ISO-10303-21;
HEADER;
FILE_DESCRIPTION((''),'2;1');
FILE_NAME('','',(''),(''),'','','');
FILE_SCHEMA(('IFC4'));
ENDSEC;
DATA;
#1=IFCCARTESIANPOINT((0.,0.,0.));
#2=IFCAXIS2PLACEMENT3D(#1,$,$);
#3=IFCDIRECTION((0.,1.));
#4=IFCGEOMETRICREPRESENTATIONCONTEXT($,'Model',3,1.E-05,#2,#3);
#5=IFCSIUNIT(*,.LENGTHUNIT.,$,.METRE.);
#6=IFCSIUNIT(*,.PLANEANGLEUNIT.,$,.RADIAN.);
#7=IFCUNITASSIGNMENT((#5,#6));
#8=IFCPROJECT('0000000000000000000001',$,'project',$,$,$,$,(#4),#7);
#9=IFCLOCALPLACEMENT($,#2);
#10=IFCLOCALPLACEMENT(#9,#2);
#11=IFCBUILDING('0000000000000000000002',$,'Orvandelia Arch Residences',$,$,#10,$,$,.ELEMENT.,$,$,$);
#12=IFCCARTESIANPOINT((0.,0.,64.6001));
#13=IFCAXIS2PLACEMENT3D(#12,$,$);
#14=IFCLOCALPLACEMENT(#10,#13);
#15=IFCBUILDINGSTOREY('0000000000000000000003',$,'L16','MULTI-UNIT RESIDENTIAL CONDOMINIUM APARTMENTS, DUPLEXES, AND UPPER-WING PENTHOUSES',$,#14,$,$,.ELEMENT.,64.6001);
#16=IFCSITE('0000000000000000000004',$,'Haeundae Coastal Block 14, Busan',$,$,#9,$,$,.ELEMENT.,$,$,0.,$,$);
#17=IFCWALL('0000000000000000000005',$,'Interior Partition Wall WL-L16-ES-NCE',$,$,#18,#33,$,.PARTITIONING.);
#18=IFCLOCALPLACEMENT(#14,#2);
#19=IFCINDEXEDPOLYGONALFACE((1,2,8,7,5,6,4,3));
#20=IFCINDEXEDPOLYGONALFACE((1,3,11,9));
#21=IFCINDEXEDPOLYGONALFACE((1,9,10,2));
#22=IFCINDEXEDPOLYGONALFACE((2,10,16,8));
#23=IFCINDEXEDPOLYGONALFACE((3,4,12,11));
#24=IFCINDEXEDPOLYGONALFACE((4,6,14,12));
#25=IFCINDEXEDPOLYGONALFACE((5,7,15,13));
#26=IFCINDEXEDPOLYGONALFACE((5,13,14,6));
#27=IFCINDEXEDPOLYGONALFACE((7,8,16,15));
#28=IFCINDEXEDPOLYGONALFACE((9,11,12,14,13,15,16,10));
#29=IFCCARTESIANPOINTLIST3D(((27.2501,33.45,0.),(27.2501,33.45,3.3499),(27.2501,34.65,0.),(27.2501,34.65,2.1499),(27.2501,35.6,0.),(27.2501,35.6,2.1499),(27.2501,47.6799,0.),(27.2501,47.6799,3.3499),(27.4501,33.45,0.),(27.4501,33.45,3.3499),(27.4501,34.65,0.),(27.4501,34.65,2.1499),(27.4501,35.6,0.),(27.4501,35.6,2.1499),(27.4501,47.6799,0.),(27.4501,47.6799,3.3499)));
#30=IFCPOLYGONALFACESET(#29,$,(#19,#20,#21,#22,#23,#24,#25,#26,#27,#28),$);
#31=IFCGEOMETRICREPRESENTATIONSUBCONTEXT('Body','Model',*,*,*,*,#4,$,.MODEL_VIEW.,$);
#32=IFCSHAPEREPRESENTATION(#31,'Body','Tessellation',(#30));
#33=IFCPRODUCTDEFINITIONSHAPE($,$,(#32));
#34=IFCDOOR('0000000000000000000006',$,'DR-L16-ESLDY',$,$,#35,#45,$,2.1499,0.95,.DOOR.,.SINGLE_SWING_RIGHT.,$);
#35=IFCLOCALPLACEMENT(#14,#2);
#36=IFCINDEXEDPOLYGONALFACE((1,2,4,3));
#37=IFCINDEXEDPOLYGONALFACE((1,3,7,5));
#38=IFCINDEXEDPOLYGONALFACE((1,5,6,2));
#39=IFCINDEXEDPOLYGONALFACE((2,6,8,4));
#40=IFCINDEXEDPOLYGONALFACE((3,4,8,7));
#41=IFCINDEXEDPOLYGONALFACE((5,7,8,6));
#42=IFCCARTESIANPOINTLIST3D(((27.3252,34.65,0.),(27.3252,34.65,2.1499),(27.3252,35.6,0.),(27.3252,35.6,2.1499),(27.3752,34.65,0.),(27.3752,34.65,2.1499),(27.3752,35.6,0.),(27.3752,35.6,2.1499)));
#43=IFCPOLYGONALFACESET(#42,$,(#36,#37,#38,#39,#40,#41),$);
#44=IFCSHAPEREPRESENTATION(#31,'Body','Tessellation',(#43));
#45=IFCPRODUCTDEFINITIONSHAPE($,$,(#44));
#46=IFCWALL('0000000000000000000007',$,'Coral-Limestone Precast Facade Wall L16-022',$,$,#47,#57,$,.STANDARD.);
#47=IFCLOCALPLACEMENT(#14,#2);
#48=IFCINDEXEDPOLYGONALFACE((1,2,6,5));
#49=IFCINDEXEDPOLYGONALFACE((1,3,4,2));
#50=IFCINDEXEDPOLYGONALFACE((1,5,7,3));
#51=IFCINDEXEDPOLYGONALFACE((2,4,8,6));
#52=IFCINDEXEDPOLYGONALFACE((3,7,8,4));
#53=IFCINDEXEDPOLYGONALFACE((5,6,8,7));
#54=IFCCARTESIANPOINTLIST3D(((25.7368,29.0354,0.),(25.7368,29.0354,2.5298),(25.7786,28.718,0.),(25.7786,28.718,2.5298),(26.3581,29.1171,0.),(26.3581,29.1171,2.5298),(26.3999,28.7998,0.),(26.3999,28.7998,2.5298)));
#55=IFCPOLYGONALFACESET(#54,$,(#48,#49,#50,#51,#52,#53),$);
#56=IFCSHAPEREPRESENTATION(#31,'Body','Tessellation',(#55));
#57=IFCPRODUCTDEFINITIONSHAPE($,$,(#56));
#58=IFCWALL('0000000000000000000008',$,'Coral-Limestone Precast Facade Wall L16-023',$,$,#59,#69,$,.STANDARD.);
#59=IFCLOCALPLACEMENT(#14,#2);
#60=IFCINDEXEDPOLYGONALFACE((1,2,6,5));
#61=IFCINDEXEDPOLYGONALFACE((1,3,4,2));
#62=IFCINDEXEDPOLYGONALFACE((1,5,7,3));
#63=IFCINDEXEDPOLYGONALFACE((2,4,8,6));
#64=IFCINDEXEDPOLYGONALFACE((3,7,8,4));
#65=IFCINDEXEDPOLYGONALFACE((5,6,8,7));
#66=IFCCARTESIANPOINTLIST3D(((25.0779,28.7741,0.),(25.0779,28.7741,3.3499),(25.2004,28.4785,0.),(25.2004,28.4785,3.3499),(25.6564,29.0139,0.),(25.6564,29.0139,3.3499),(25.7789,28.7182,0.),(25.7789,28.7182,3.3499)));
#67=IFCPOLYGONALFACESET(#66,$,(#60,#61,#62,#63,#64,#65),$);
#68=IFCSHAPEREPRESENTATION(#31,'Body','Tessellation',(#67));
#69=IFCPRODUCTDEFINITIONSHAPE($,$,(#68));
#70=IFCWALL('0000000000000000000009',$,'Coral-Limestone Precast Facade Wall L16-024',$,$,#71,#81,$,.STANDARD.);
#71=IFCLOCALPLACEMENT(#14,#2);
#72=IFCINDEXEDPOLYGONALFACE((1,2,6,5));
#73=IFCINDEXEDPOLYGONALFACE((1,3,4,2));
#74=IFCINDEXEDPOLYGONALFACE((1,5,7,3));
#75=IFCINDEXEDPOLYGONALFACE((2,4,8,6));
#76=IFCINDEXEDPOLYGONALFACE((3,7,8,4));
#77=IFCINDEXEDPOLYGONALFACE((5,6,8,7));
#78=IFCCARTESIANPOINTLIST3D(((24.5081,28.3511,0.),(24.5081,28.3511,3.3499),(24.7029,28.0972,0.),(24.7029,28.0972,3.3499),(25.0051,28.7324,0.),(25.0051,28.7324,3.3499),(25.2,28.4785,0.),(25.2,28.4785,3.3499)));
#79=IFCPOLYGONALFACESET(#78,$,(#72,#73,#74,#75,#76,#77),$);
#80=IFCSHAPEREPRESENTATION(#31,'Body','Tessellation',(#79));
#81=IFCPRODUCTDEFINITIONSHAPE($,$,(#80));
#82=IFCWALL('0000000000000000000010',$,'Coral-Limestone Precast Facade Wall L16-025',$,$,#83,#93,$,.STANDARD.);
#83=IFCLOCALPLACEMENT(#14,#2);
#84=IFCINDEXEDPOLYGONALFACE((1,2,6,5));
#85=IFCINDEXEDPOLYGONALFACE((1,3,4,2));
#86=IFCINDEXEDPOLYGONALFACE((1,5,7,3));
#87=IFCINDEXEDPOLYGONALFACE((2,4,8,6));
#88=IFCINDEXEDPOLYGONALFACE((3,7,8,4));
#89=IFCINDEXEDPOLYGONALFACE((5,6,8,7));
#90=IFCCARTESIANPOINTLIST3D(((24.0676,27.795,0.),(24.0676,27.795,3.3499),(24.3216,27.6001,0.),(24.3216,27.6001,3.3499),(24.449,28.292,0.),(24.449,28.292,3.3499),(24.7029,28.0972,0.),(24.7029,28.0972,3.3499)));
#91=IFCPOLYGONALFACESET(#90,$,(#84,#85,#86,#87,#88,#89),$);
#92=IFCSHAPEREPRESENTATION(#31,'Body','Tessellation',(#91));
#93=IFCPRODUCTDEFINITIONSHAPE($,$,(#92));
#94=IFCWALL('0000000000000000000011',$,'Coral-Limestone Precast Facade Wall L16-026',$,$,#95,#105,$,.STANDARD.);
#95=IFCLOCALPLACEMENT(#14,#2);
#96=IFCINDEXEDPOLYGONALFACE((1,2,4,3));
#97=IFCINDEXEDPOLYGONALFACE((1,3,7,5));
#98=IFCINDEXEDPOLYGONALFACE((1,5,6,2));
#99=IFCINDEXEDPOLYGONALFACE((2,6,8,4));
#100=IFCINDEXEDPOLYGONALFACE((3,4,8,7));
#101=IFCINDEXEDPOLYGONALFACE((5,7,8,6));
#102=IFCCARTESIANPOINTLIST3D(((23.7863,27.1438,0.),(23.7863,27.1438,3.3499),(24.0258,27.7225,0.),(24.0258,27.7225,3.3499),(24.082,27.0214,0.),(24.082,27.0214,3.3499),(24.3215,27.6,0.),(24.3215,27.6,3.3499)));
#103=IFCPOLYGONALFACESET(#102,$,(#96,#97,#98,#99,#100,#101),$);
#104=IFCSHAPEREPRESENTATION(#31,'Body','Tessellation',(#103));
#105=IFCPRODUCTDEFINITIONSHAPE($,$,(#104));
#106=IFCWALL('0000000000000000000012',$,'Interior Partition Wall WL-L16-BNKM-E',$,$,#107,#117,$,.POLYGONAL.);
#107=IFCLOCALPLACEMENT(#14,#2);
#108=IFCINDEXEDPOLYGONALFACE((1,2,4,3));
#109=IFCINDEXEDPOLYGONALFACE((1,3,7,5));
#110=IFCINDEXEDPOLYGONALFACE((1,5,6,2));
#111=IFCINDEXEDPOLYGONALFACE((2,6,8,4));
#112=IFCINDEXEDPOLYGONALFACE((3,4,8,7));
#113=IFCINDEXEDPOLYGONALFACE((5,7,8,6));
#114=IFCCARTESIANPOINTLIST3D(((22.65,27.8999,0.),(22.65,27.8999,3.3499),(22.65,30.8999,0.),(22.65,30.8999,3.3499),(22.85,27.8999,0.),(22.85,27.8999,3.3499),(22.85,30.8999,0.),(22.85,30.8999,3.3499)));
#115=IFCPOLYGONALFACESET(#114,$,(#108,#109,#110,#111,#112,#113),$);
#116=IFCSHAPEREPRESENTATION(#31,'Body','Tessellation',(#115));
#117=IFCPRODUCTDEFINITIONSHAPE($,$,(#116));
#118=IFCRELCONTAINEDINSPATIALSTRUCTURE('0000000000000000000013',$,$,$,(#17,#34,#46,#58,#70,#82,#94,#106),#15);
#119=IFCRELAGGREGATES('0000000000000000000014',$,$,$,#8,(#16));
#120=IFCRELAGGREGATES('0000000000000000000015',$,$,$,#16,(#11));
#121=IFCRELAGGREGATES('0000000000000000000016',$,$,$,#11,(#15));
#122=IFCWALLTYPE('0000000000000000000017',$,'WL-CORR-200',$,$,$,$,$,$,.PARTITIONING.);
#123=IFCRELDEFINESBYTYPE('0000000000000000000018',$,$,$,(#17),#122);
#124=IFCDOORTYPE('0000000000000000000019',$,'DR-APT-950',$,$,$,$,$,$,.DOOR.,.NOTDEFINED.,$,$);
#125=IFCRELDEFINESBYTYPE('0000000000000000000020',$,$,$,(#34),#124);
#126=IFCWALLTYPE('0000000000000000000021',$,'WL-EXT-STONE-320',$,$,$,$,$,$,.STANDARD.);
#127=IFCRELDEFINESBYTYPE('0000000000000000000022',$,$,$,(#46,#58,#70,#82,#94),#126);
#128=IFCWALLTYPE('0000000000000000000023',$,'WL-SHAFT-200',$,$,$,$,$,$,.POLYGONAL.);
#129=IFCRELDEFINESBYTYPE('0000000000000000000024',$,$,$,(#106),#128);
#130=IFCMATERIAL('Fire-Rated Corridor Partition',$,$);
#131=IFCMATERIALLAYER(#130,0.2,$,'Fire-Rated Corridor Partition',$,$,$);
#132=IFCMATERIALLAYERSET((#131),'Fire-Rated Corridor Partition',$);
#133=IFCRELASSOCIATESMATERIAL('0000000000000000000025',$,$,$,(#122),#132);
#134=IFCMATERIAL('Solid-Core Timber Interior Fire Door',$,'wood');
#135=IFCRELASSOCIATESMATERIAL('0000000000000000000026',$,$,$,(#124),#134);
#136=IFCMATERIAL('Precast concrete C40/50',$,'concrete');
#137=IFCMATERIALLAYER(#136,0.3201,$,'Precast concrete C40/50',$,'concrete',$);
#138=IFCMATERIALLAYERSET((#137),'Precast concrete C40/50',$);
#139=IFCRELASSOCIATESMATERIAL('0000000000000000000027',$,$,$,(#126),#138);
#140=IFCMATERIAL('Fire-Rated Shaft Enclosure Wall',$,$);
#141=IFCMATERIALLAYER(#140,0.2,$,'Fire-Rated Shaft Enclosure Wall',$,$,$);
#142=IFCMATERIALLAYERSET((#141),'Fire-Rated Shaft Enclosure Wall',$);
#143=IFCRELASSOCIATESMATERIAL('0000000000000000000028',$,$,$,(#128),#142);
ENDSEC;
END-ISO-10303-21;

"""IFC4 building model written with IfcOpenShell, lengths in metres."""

from ifc_helpers import new_model, si_unit, direction, frame, frame_2d, origin, place, context, subcontext, project, spatial, rectangle, extrude, material, layer, layer_set, type_object, element, fill, save


model = new_model("IFC4")

# Units and contexts
model_context = context("Model", 3, precision=1e-05, world=origin(), true_north=direction((0.0, 1.0)))
body_context = subcontext(model_context, "Body", "Model", "MODEL_VIEW")
ifc_project = project(units=[si_unit("LENGTHUNIT", "METRE"), si_unit("PLANEANGLEUNIT", "RADIAN")], contexts=[model_context])

# Site, building, storey
site_placement = place(None, origin())
site = spatial("IfcSite", under=ifc_project, at=site_placement, Name="Haeundae Coastal Block 14, Busan", CompositionType="ELEMENT", RefElevation=0.0)
building_placement = place(site_placement, origin())
building = spatial("IfcBuilding", under=site, at=building_placement, Name="Orvandelia Arch Residences", CompositionType="ELEMENT")
storey_placement = place(building_placement, frame((0.0, 0.0, 64.6001)))
storey = spatial("IfcBuildingStorey", under=building, at=storey_placement, Name="L16", Description="MULTI-UNIT RESIDENTIAL CONDOMINIUM APARTMENTS, DUPLEXES, AND UPPER-WING PENTHOUSES", CompositionType="ELEMENT", Elevation=64.6001)

# Shared definitions
ifc_material_1 = material(Name="Fire-Rated Corridor Partition")
ifc_layer_1 = layer(ifc_material_1, 0.2, Name="Fire-Rated Corridor Partition")
ifc_layer_set_1 = layer_set([ifc_layer_1], Name="Fire-Rated Corridor Partition")
wall_type_1 = type_object("IfcWallType", Name="WL-CORR-200", PredefinedType="PARTITIONING", material=ifc_layer_set_1)
ifc_material_2 = material(Name="Solid-Core Timber Interior Fire Door", Category="wood")
door_type_1 = type_object("IfcDoorType", Name="DR-APT-950", OperationType="NOTDEFINED", PredefinedType="DOOR", material=ifc_material_2)

# Wall, opening, door
wall_1_placement = place(storey_placement, frame((27.3501, 33.45, 0.0), z_axis=(0.0, 0.0, 1.0), x_axis=(0.0, 1.0, 0.0)))
wall_1 = element("IfcWall", 1, at=wall_1_placement, inside=storey, type_object=wall_type_1, Name="Interior Partition Wall WL-L16-ES-NCE", PredefinedType="PARTITIONING", context=body_context, shape_type="SweptSolid", body=[
    extrude(rectangle(XDim=14.23, YDim=0.2, at=frame_2d((7.115, 0.0))), origin(), (0.0, 0.0, 1.0), 3.3499),
])
opening_1_placement = place(wall_1_placement, frame((1.2, 0.0, 0.0)))
opening_1 = element("IfcOpeningElement", 2, at=opening_1_placement, cuts=wall_1, PredefinedType="OPENING", context=body_context, shape_type="SweptSolid", body=[
    extrude(rectangle(XDim=0.95, YDim=2.1499, at=frame_2d((0.4751, 1.075))), frame((0.0, 0.1099, 0.0), z_axis=(0.0, -1.0, 0.0), x_axis=(1.0, 0.0, 0.0)), (0.0, 0.0, 1.0), 0.22),
])
door_1_placement = place(opening_1_placement, origin())
door_1 = element("IfcDoor", 3, at=door_1_placement, inside=storey, type_object=door_type_1, Name="DR-L16-ESLDY", OperationType="SINGLE_SWING_RIGHT", OverallHeight=2.1499, OverallWidth=0.95, PredefinedType="DOOR", context=body_context, shape_type="SweptSolid", body=[
    extrude(rectangle(XDim=0.95, YDim=2.1499, at=frame_2d((0.4751, 1.075))), frame((0.0, 0.0249, 0.0), z_axis=(0.0, -1.0, 0.0), x_axis=(1.0, 0.0, 0.0)), (0.0, 0.0, 1.0), 0.05),
])
fill(opening_1, door_1)

# Walls
ifc_material_3 = material(Name="Precast concrete C40/50", Category="concrete")
ifc_layer_2 = layer(ifc_material_3, 0.3201, Name="Precast concrete C40/50", Category="concrete")
ifc_layer_set_2 = layer_set([ifc_layer_2], Name="Precast concrete C40/50")
wall_type_2 = type_object("IfcWallType", Name="WL-EXT-STONE-320", PredefinedType="STANDARD", material=ifc_layer_set_2)
wall_2_placement = place(storey_placement, frame((26.3792, 28.9585, 0.0), z_axis=(0.0, 0.0, 1.0), x_axis=(-0.991448, -0.130505, 0.0)))
element("IfcWall", 4, at=wall_2_placement, inside=storey, type_object=wall_type_2, Name="Coral-Limestone Precast Facade Wall L16-022", PredefinedType="STANDARD", context=body_context, shape_type="SweptSolid", body=[
    extrude(rectangle(XDim=0.6267, YDim=0.3201, at=frame_2d((0.3135, 0.0))), origin(), (0.0, 0.0, 1.0), 2.5298),
])
wall_3_placement = place(storey_placement, frame((25.7175, 28.866, 0.0), z_axis=(0.0, 0.0, 1.0), x_axis=(-0.923836, -0.382788, 0.0)))
element("IfcWall", 5, at=wall_3_placement, inside=storey, type_object=wall_type_2, Name="Coral-Limestone Precast Facade Wall L16-023", PredefinedType="STANDARD", context=body_context, shape_type="SweptSolid", body=[
    extrude(rectangle(XDim=0.6262, YDim=0.3201, at=frame_2d((0.313, 0.0))), origin(), (0.0, 0.0, 1.0), 3.3499),
])
for number, where, z_axis, x_axis, name in (
    (6, (25.1025, 28.6055, 0.0), (0.0, 0.0, 1.0), (-0.793406, -0.608693, 0.0), "Coral-Limestone Precast Facade Wall L16-024"),
    (7, (24.5759, 28.1946, 0.0), (0.0, 0.0, 1.0), (-0.608693, -0.793406, 0.0), "Coral-Limestone Precast Facade Wall L16-025"),
):
    element("IfcWall", number, at=place(storey_placement, frame(where, z_axis=z_axis, x_axis=x_axis)), inside=storey, type_object=wall_type_2, Name=name, PredefinedType="STANDARD", context=body_context, shape_type="SweptSolid", body=[
        extrude(rectangle(XDim=0.6265, YDim=0.3201, at=frame_2d((0.3132, 0.0))), origin(), (0.0, 0.0, 1.0), 3.3499),
    ])
wall_4_placement = place(storey_placement, frame((24.1736, 27.6611, 0.0), z_axis=(0.0, 0.0, 1.0), x_axis=(-0.382455, -0.923974, 0.0)))
element("IfcWall", 8, at=wall_4_placement, inside=storey, type_object=wall_type_2, Name="Coral-Limestone Precast Facade Wall L16-026", PredefinedType="STANDARD", context=body_context, shape_type="SweptSolid", body=[
    extrude(rectangle(XDim=0.6262, YDim=0.3201, at=frame_2d((0.313, 0.0))), origin(), (0.0, 0.0, 1.0), 3.3499),
])
ifc_material_4 = material(Name="Fire-Rated Shaft Enclosure Wall")
ifc_layer_3 = layer(ifc_material_4, 0.2, Name="Fire-Rated Shaft Enclosure Wall")
ifc_layer_set_3 = layer_set([ifc_layer_3], Name="Fire-Rated Shaft Enclosure Wall")
wall_type_3 = type_object("IfcWallType", Name="WL-SHAFT-200", PredefinedType="POLYGONAL", material=ifc_layer_set_3)
wall_5_placement = place(storey_placement, frame((22.75, 27.8999, 0.0), z_axis=(0.0, 0.0, 1.0), x_axis=(0.0, 1.0, 0.0)))
element("IfcWall", 9, at=wall_5_placement, inside=storey, type_object=wall_type_3, Name="Interior Partition Wall WL-L16-BNKM-E", PredefinedType="POLYGONAL", context=body_context, shape_type="SweptSolid", body=[
    extrude(rectangle(XDim=3.0, YDim=0.2, at=frame_2d((1.5, 0.0))), origin(), (0.0, 0.0, 1.0), 3.3499),
])

save(model, "model.ifc")
